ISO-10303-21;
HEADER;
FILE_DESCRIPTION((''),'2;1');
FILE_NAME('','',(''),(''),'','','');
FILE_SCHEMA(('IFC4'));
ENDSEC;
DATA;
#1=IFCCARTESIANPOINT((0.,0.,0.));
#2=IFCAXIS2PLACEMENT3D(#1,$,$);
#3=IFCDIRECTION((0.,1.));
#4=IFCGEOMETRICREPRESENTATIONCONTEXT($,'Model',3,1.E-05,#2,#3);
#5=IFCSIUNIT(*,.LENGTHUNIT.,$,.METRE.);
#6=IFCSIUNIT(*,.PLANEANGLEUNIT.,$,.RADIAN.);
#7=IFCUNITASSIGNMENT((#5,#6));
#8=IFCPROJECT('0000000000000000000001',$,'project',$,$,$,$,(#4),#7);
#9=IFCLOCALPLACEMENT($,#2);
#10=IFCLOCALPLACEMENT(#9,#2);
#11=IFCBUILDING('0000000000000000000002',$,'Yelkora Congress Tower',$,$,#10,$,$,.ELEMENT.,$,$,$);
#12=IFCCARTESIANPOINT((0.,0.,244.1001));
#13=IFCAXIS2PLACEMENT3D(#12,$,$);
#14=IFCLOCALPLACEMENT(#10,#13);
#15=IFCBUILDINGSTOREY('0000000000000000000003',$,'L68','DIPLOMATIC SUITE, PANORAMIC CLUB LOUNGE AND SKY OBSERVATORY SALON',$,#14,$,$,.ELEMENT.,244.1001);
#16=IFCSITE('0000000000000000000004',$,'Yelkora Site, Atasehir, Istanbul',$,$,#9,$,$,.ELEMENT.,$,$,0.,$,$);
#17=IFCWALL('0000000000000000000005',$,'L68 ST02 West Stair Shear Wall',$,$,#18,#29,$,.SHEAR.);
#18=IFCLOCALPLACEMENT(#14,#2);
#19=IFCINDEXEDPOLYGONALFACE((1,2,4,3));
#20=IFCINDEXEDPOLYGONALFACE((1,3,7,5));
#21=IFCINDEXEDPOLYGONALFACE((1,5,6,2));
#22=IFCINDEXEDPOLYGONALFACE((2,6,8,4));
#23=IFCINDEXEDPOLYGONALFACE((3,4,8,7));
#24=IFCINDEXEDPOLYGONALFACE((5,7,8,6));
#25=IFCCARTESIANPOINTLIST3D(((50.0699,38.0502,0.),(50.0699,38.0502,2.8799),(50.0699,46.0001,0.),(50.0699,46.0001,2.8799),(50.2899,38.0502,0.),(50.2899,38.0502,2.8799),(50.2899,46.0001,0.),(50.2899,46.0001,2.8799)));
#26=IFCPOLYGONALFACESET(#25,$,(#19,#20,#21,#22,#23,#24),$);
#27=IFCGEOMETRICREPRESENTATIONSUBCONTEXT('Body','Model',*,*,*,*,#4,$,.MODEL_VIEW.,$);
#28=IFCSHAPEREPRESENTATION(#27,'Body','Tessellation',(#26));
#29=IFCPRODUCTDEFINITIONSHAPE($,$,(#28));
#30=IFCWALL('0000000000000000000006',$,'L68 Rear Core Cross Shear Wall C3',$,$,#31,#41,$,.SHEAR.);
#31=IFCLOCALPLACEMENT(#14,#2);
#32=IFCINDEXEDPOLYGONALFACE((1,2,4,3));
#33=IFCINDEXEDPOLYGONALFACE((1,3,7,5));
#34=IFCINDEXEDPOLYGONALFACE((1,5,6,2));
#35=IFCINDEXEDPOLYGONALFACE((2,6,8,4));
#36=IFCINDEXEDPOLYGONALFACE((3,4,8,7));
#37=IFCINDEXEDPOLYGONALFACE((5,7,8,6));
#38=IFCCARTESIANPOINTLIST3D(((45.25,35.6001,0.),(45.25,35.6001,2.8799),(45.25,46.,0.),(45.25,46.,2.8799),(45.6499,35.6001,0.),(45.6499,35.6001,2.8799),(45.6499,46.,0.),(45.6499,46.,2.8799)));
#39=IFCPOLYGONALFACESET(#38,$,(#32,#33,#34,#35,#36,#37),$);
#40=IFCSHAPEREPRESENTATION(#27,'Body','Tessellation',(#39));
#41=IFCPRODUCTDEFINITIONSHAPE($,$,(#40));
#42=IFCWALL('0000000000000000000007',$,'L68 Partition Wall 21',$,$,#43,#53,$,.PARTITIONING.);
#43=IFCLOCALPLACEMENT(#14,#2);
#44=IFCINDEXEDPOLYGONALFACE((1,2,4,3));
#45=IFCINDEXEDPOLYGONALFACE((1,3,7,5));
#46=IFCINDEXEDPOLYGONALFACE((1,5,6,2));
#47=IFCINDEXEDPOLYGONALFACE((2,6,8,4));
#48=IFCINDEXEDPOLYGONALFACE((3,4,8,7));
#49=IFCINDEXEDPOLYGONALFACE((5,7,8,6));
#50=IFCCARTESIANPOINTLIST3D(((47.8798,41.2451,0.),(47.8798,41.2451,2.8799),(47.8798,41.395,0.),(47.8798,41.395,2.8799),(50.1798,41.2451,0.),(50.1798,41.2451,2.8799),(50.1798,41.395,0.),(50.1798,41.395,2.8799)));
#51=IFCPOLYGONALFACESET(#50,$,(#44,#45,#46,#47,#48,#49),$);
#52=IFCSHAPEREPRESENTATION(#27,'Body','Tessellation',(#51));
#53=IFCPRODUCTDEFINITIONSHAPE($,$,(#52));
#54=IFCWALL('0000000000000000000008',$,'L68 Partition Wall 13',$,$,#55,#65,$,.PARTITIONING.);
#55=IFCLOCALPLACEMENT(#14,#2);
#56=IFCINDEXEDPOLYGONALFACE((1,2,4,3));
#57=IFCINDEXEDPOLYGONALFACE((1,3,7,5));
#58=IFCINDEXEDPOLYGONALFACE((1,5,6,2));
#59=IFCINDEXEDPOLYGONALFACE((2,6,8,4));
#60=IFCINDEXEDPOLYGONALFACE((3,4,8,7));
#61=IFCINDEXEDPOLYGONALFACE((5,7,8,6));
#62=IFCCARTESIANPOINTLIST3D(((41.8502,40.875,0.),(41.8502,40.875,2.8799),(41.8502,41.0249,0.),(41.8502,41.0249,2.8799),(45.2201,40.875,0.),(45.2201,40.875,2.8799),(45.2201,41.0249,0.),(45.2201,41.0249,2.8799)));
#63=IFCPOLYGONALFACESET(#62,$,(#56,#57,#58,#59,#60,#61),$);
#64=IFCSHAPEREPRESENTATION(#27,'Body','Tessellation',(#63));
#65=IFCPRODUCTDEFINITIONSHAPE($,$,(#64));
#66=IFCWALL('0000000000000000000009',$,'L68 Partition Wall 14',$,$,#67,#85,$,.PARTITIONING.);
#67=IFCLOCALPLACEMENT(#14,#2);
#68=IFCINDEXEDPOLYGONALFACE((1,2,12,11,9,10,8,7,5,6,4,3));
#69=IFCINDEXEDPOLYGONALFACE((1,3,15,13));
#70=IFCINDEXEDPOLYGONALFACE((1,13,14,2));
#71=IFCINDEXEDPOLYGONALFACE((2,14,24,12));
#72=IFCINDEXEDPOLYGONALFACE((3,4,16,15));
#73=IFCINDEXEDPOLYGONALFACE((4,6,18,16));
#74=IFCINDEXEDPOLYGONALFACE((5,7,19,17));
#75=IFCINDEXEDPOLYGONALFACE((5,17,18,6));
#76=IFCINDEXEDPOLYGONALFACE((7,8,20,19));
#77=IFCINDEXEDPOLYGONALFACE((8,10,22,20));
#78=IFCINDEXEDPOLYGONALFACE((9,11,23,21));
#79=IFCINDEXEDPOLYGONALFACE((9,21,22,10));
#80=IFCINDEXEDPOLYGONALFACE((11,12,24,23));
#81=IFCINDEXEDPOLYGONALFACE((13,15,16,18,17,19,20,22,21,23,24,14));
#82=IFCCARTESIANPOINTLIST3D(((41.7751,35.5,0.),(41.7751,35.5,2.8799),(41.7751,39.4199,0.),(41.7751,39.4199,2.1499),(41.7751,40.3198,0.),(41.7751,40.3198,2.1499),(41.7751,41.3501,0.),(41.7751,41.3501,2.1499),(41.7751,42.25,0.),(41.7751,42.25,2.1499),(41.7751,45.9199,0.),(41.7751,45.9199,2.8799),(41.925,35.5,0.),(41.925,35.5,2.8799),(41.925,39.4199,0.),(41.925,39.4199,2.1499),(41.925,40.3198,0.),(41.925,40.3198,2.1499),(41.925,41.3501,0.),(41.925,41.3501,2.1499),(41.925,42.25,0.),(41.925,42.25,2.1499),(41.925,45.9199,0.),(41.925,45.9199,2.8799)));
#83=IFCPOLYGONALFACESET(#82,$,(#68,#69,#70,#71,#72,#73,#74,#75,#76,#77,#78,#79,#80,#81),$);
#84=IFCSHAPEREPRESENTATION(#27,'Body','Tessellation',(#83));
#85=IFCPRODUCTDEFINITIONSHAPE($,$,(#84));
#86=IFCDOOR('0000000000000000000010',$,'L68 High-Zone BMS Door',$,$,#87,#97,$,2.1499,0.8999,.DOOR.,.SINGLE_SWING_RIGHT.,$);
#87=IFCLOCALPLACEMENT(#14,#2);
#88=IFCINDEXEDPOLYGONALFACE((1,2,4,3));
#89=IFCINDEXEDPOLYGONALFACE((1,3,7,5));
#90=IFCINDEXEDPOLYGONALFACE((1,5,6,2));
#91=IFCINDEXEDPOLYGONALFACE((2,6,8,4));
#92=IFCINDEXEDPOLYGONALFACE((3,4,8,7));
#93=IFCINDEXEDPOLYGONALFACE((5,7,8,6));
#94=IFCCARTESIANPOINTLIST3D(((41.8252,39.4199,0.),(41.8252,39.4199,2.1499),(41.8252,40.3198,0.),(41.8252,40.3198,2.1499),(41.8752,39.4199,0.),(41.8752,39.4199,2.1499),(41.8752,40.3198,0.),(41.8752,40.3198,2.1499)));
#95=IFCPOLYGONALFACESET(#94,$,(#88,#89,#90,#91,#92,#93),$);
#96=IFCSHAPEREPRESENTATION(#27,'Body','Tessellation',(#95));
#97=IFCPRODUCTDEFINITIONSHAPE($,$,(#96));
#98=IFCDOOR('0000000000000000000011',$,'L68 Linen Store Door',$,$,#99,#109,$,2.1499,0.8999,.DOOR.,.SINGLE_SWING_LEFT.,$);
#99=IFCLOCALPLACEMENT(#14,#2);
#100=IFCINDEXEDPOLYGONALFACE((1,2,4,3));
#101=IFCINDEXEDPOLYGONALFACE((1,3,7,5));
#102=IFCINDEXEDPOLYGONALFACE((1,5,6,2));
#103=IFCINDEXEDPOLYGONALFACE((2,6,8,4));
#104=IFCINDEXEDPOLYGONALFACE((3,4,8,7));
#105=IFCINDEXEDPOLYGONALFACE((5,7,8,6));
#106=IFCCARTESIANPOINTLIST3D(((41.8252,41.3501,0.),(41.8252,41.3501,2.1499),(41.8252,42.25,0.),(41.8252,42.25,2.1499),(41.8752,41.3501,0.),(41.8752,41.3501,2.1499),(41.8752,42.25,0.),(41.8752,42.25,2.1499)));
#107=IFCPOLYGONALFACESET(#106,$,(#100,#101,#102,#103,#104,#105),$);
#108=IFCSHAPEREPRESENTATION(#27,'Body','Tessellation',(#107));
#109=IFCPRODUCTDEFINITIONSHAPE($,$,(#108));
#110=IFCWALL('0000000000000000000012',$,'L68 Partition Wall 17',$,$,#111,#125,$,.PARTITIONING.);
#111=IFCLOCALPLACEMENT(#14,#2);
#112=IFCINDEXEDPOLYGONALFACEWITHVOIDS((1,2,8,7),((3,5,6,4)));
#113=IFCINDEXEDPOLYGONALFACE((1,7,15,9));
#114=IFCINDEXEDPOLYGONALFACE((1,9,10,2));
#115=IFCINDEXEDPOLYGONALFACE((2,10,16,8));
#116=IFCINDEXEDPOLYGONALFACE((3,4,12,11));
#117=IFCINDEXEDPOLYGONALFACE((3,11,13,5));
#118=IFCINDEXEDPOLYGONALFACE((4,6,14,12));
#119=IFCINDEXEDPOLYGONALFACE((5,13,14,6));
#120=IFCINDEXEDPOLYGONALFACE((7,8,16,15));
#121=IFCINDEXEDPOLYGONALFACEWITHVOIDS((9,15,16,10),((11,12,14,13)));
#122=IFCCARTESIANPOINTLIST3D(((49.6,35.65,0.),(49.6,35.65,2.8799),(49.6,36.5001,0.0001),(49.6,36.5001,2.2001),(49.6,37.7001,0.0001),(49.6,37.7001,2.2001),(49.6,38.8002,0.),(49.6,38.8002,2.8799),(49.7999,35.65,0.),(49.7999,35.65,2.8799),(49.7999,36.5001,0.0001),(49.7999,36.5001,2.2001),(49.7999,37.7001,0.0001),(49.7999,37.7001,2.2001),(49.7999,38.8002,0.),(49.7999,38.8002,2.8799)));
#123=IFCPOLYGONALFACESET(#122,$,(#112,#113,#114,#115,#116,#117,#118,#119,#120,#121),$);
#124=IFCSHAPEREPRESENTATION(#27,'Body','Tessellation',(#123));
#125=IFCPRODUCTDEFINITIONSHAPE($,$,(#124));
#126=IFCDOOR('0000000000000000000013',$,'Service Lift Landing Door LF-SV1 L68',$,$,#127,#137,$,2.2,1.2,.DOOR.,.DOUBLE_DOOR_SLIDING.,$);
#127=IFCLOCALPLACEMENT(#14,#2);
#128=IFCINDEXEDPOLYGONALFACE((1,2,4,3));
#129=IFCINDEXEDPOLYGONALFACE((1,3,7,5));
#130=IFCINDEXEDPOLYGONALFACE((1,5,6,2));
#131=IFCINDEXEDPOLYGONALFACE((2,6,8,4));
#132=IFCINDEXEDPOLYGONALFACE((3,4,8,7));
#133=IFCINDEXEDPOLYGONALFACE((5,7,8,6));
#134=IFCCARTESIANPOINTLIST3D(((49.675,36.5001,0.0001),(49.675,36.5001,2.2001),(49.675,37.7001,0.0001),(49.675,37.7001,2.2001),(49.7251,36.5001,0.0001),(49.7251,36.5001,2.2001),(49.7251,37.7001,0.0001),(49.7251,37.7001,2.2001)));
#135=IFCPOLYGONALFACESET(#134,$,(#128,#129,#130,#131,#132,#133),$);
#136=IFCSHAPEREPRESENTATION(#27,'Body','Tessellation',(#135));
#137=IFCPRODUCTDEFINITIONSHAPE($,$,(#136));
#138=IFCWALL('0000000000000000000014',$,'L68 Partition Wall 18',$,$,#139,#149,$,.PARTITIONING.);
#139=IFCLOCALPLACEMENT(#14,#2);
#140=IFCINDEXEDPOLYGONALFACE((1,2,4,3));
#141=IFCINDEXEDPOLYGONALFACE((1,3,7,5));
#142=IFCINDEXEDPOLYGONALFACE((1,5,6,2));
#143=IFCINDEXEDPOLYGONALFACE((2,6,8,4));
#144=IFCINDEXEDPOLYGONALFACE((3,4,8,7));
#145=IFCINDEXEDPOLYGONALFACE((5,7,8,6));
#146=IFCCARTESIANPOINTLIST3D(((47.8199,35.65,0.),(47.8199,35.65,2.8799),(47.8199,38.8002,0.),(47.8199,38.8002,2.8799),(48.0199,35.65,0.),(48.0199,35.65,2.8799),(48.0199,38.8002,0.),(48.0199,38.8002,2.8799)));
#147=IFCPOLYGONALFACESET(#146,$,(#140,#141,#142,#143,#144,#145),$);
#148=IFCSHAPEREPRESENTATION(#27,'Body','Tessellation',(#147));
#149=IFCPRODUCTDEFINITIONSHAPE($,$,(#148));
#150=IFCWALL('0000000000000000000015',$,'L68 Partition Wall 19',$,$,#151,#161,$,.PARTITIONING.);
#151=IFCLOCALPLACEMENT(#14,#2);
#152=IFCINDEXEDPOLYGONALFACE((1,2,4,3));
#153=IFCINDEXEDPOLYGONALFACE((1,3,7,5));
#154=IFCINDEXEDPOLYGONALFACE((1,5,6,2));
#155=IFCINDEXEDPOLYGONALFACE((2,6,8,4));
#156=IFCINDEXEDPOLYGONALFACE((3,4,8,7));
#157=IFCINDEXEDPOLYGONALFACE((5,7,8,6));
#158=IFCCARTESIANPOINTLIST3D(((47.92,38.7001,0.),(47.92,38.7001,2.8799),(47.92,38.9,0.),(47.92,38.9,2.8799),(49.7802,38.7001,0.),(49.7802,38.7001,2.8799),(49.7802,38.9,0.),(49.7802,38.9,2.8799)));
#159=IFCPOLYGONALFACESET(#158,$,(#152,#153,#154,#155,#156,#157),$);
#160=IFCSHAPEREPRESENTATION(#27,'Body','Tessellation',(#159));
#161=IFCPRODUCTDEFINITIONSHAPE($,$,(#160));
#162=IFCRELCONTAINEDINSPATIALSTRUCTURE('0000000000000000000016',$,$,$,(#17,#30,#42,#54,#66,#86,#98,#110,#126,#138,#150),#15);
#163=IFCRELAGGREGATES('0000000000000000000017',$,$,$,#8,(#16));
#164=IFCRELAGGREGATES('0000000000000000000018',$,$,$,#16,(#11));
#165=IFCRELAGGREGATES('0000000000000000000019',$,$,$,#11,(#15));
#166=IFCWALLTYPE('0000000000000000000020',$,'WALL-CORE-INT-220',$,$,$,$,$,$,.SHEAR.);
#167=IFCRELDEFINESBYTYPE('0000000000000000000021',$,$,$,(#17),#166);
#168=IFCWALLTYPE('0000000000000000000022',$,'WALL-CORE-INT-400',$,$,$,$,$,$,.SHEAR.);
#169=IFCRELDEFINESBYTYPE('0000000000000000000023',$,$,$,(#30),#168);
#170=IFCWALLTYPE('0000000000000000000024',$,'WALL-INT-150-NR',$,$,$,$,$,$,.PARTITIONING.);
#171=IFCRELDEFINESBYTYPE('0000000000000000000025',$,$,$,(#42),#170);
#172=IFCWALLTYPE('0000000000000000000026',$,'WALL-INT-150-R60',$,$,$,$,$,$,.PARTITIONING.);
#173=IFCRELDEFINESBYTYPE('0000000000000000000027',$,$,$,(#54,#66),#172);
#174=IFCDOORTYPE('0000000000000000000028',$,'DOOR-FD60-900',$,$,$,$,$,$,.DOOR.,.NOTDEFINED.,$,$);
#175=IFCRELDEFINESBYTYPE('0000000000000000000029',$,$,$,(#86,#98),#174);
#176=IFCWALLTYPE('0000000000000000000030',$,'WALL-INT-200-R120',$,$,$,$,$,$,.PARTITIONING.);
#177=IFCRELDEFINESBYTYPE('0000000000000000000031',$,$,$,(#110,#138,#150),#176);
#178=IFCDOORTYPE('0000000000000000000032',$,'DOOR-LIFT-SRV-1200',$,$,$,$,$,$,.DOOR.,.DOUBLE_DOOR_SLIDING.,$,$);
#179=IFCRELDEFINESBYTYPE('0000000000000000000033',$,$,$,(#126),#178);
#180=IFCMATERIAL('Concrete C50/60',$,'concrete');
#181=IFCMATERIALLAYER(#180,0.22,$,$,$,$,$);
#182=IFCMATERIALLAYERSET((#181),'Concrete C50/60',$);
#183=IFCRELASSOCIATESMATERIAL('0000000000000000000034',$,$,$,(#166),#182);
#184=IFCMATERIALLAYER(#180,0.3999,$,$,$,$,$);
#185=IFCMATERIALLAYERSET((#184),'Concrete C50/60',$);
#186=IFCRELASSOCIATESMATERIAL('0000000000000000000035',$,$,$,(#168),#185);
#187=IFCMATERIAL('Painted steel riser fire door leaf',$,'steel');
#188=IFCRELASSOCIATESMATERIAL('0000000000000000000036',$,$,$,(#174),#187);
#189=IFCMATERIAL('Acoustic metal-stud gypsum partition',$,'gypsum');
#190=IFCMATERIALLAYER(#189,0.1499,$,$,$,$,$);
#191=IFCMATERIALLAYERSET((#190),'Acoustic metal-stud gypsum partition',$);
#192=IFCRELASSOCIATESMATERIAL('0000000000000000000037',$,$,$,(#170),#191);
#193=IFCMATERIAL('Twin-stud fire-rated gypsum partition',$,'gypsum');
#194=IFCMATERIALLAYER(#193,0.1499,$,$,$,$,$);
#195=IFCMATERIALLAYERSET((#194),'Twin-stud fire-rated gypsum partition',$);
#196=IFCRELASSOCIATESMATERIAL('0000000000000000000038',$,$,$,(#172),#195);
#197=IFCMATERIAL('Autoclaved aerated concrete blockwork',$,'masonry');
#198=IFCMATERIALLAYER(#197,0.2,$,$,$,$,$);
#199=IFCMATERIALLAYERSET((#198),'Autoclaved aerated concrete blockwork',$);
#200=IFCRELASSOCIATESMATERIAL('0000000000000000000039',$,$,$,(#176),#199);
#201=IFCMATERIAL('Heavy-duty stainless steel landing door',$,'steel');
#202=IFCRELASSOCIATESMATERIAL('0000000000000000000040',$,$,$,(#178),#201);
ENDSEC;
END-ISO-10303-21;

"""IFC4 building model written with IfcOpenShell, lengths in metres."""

from ifc_helpers import new_model, si_unit, direction, frame, frame_2d, origin, place, context, subcontext, project, spatial, rectangle, extrude, material, layer, layer_set, type_object, element, fill, save


model = new_model("IFC4")

# Units and contexts
model_context = context("Model", 3, precision=1e-05, world=origin(), true_north=direction((0.0, 1.0)))
body_context = subcontext(model_context, "Body", "Model", "MODEL_VIEW")
ifc_project = project(units=[si_unit("LENGTHUNIT", "METRE"), si_unit("PLANEANGLEUNIT", "RADIAN")], contexts=[model_context])

# Site, building, storey
site_placement = place(None, origin())
site = spatial("IfcSite", under=ifc_project, at=site_placement, Name="Yelkora Site, Atasehir, Istanbul", CompositionType="ELEMENT", RefElevation=0.0)
building_placement = place(site_placement, origin())
building = spatial("IfcBuilding", under=site, at=building_placement, Name="Yelkora Congress Tower", CompositionType="ELEMENT")
storey_placement = place(building_placement, frame((0.0, 0.0, 244.1001)))
storey = spatial("IfcBuildingStorey", under=building, at=storey_placement, Name="L68", Description="DIPLOMATIC SUITE, PANORAMIC CLUB LOUNGE AND SKY OBSERVATORY SALON", CompositionType="ELEMENT", Elevation=244.1001)

# Wall
ifc_material_1 = material(Name="Concrete C50/60", Category="concrete")
ifc_layer_1 = layer(ifc_material_1, 0.22)
ifc_layer_set_1 = layer_set([ifc_layer_1], Name="Concrete C50/60")
wall_type_1 = type_object("IfcWallType", Name="WALL-CORE-INT-220", PredefinedType="SHEAR", material=ifc_layer_set_1)
wall_1_placement = place(storey_placement, frame((50.1799, 38.05, 0.0), z_axis=(0.0, 0.0, 1.0), x_axis=(0.0, 1.0, 0.0)))
element("IfcWall", 1, at=wall_1_placement, inside=storey, type_object=wall_type_1, Name="L68 ST02 West Stair Shear Wall", PredefinedType="SHEAR", context=body_context, shape_type="SweptSolid", body=[
    extrude(rectangle(XDim=7.95, YDim=0.22, at=frame_2d((3.9751, 0.0))), origin(), (0.0, 0.0, 1.0), 2.8799),
])

# Shared definitions
ifc_layer_2 = layer(ifc_material_1, 0.3999)
ifc_layer_set_2 = layer_set([ifc_layer_2], Name="Concrete C50/60")
wall_type_2 = type_object("IfcWallType", Name="WALL-CORE-INT-400", PredefinedType="SHEAR", material=ifc_layer_set_2)
ifc_material_2 = material(Name="Painted steel riser fire door leaf", Category="steel")
door_type_1 = type_object("IfcDoorType", Name="DOOR-FD60-900", OperationType="NOTDEFINED", PredefinedType="DOOR", material=ifc_material_2)

# Walls
wall_2_placement = place(storey_placement, frame((45.45, 35.6001, 0.0), z_axis=(0.0, 0.0, 1.0), x_axis=(0.0, 1.0, 0.0)))
element("IfcWall", 2, at=wall_2_placement, inside=storey, type_object=wall_type_2, Name="L68 Rear Core Cross Shear Wall C3", PredefinedType="SHEAR", context=body_context, shape_type="SweptSolid", body=[
    extrude(rectangle(XDim=10.3999, YDim=0.3999, at=frame_2d((5.2, 0.0))), origin(), (0.0, 0.0, 1.0), 2.8799),
])
ifc_material_3 = material(Name="Acoustic metal-stud gypsum partition", Category="gypsum")
ifc_layer_3 = layer(ifc_material_3, 0.1499)
ifc_layer_set_3 = layer_set([ifc_layer_3], Name="Acoustic metal-stud gypsum partition")
wall_type_3 = type_object("IfcWallType", Name="WALL-INT-150-NR", PredefinedType="PARTITIONING", material=ifc_layer_set_3)
wall_3_placement = place(storey_placement, frame((47.8799, 41.3201, 0.0), z_axis=(0.0, 0.0, 1.0), x_axis=(1.0, 0.0, 0.0)))
element("IfcWall", 3, at=wall_3_placement, inside=storey, type_object=wall_type_3, Name="L68 Partition Wall 21", PredefinedType="PARTITIONING", context=body_context, shape_type="SweptSolid", body=[
    extrude(rectangle(XDim=2.3, YDim=0.1499, at=frame_2d((1.1499, 0.0))), origin(), (0.0, 0.0, 1.0), 2.8799),
])

# Wall
ifc_material_4 = material(Name="Twin-stud fire-rated gypsum partition", Category="gypsum")
ifc_layer_4 = layer(ifc_material_4, 0.1499)
ifc_layer_set_4 = layer_set([ifc_layer_4], Name="Twin-stud fire-rated gypsum partition")
wall_type_4 = type_object("IfcWallType", Name="WALL-INT-150-R60", PredefinedType="PARTITIONING", material=ifc_layer_set_4)
wall_4_placement = place(storey_placement, frame((41.8501, 40.95, 0.0), z_axis=(0.0, 0.0, 1.0), x_axis=(1.0, 0.0, 0.0)))
element("IfcWall", 4, at=wall_4_placement, inside=storey, type_object=wall_type_4, Name="L68 Partition Wall 13", PredefinedType="PARTITIONING", context=body_context, shape_type="SweptSolid", body=[
    extrude(rectangle(XDim=3.3699, YDim=0.1499, at=frame_2d((1.6851, 0.0))), origin(), (0.0, 0.0, 1.0), 2.8799),
])

# Wall, openings, doors
wall_5_placement = place(storey_placement, frame((41.8501, 35.5, 0.0), z_axis=(0.0, 0.0, 1.0), x_axis=(0.0, 1.0, 0.0)))
wall_5 = element("IfcWall", 5, at=wall_5_placement, inside=storey, type_object=wall_type_4, Name="L68 Partition Wall 14", PredefinedType="PARTITIONING", context=body_context, shape_type="SweptSolid", body=[
    extrude(rectangle(XDim=10.4199, YDim=0.1499, at=frame_2d((5.21, 0.0))), origin(), (0.0, 0.0, 1.0), 2.8799),
])
opening_1_placement = place(wall_5_placement, frame((3.9199, 0.0, 0.0)))
opening_1 = element("IfcOpeningElement", 6, at=opening_1_placement, cuts=wall_5, PredefinedType="OPENING", context=body_context, shape_type="SweptSolid", body=[
    extrude(rectangle(XDim=0.8999, YDim=2.1499, at=frame_2d((0.45, 1.075))), frame((0.0, 0.085, 0.0), z_axis=(0.0, -1.0, 0.0), x_axis=(1.0, 0.0, 0.0)), (0.0, 0.0, 1.0), 0.1699),
])
opening_2_placement = place(wall_5_placement, frame((5.8501, 0.0, 0.0)))
opening_2 = element("IfcOpeningElement", 7, at=opening_2_placement, cuts=wall_5, PredefinedType="OPENING", context=body_context, shape_type="SweptSolid", body=[
    extrude(rectangle(XDim=0.8999, YDim=2.1499, at=frame_2d((0.45, 1.075))), frame((0.0, 0.085, 0.0), z_axis=(0.0, -1.0, 0.0), x_axis=(1.0, 0.0, 0.0)), (0.0, 0.0, 1.0), 0.1699),
])
door_1_placement = place(opening_1_placement, origin())
door_1 = element("IfcDoor", 8, at=door_1_placement, inside=storey, type_object=door_type_1, Name="L68 High-Zone BMS Door", OperationType="SINGLE_SWING_RIGHT", OverallHeight=2.1499, OverallWidth=0.8999, PredefinedType="DOOR", context=body_context, shape_type="SweptSolid", body=[
    extrude(rectangle(XDim=0.8999, YDim=2.1499, at=frame_2d((0.45, 1.075))), frame((0.0, 0.0249, 0.0), z_axis=(0.0, -1.0, 0.0), x_axis=(1.0, 0.0, 0.0)), (0.0, 0.0, 1.0), 0.05),
])
fill(opening_1, door_1)
door_2_placement = place(opening_2_placement, origin())
door_2 = element("IfcDoor", 9, at=door_2_placement, inside=storey, type_object=door_type_1, Name="L68 Linen Store Door", OperationType="SINGLE_SWING_LEFT", OverallHeight=2.1499, OverallWidth=0.8999, PredefinedType="DOOR", context=body_context, shape_type="SweptSolid", body=[
    extrude(rectangle(XDim=0.8999, YDim=2.1499, at=frame_2d((0.45, 1.075))), frame((0.0, 0.0249, 0.0), z_axis=(0.0, -1.0, 0.0), x_axis=(1.0, 0.0, 0.0)), (0.0, 0.0, 1.0), 0.05),
])
fill(opening_2, door_2)

# Wall, opening, door
ifc_material_5 = material(Name="Autoclaved aerated concrete blockwork", Category="masonry")
ifc_layer_5 = layer(ifc_material_5, 0.2)
ifc_layer_set_5 = layer_set([ifc_layer_5], Name="Autoclaved aerated concrete blockwork")
wall_type_5 = type_object("IfcWallType", Name="WALL-INT-200-R120", PredefinedType="PARTITIONING", material=ifc_layer_set_5)
wall_6_placement = place(storey_placement, frame((49.7, 35.6499, 0.0), z_axis=(0.0, 0.0, 1.0), x_axis=(0.0, 1.0, 0.0)))
wall_6 = element("IfcWall", 10, at=wall_6_placement, inside=storey, type_object=wall_type_5, Name="L68 Partition Wall 17", PredefinedType="PARTITIONING", context=body_context, shape_type="SweptSolid", body=[
    extrude(rectangle(XDim=3.1501, YDim=0.2, at=frame_2d((1.5752, 0.0))), origin(), (0.0, 0.0, 1.0), 2.8799),
])
opening_3_placement = place(wall_6_placement, frame((0.8501, 0.0, 0.0)))
opening_3 = element("IfcOpeningElement", 11, at=opening_3_placement, cuts=wall_6, PredefinedType="OPENING", context=body_context, shape_type="SweptSolid", body=[
    extrude(rectangle(XDim=1.2, YDim=2.2, at=frame_2d((0.6001, 1.1001))), frame((0.0, 0.1099, 0.0), z_axis=(0.0, -1.0, 0.0), x_axis=(1.0, 0.0, 0.0)), (0.0, 0.0, 1.0), 0.22),
])
ifc_material_6 = material(Name="Heavy-duty stainless steel landing door", Category="steel")
door_type_2 = type_object("IfcDoorType", Name="DOOR-LIFT-SRV-1200", OperationType="DOUBLE_DOOR_SLIDING", PredefinedType="DOOR", material=ifc_material_6)
door_3_placement = place(opening_3_placement, origin())
door_3 = element("IfcDoor", 12, at=door_3_placement, inside=storey, type_object=door_type_2, Name="Service Lift Landing Door LF-SV1 L68", OperationType="DOUBLE_DOOR_SLIDING", OverallHeight=2.2, OverallWidth=1.2, PredefinedType="DOOR", context=body_context, shape_type="SweptSolid", body=[
    extrude(rectangle(XDim=1.2, YDim=2.2, at=frame_2d((0.6001, 1.1001))), frame((0.0, 0.0249, 0.0), z_axis=(0.0, -1.0, 0.0), x_axis=(1.0, 0.0, 0.0)), (0.0, 0.0, 1.0), 0.05),
])
fill(opening_3, door_3)

# Walls
wall_7_placement = place(storey_placement, frame((47.9199, 35.6499, 0.0), z_axis=(0.0, 0.0, 1.0), x_axis=(0.0, 1.0, 0.0)))
element("IfcWall", 13, at=wall_7_placement, inside=storey, type_object=wall_type_5, Name="L68 Partition Wall 18", PredefinedType="PARTITIONING", context=body_context, shape_type="SweptSolid", body=[
    extrude(rectangle(XDim=3.1501, YDim=0.2, at=frame_2d((1.5752, 0.0))), origin(), (0.0, 0.0, 1.0), 2.8799),
])
wall_8_placement = place(storey_placement, frame((47.9199, 38.8, 0.0), z_axis=(0.0, 0.0, 1.0), x_axis=(1.0, 0.0, 0.0)))
element("IfcWall", 14, at=wall_8_placement, inside=storey, type_object=wall_type_5, Name="L68 Partition Wall 19", PredefinedType="PARTITIONING", context=body_context, shape_type="SweptSolid", body=[
    extrude(rectangle(XDim=1.8601, YDim=0.2, at=frame_2d((0.9302, 0.0))), origin(), (0.0, 0.0, 1.0), 2.8799),
])

save(model, "model.ifc")
